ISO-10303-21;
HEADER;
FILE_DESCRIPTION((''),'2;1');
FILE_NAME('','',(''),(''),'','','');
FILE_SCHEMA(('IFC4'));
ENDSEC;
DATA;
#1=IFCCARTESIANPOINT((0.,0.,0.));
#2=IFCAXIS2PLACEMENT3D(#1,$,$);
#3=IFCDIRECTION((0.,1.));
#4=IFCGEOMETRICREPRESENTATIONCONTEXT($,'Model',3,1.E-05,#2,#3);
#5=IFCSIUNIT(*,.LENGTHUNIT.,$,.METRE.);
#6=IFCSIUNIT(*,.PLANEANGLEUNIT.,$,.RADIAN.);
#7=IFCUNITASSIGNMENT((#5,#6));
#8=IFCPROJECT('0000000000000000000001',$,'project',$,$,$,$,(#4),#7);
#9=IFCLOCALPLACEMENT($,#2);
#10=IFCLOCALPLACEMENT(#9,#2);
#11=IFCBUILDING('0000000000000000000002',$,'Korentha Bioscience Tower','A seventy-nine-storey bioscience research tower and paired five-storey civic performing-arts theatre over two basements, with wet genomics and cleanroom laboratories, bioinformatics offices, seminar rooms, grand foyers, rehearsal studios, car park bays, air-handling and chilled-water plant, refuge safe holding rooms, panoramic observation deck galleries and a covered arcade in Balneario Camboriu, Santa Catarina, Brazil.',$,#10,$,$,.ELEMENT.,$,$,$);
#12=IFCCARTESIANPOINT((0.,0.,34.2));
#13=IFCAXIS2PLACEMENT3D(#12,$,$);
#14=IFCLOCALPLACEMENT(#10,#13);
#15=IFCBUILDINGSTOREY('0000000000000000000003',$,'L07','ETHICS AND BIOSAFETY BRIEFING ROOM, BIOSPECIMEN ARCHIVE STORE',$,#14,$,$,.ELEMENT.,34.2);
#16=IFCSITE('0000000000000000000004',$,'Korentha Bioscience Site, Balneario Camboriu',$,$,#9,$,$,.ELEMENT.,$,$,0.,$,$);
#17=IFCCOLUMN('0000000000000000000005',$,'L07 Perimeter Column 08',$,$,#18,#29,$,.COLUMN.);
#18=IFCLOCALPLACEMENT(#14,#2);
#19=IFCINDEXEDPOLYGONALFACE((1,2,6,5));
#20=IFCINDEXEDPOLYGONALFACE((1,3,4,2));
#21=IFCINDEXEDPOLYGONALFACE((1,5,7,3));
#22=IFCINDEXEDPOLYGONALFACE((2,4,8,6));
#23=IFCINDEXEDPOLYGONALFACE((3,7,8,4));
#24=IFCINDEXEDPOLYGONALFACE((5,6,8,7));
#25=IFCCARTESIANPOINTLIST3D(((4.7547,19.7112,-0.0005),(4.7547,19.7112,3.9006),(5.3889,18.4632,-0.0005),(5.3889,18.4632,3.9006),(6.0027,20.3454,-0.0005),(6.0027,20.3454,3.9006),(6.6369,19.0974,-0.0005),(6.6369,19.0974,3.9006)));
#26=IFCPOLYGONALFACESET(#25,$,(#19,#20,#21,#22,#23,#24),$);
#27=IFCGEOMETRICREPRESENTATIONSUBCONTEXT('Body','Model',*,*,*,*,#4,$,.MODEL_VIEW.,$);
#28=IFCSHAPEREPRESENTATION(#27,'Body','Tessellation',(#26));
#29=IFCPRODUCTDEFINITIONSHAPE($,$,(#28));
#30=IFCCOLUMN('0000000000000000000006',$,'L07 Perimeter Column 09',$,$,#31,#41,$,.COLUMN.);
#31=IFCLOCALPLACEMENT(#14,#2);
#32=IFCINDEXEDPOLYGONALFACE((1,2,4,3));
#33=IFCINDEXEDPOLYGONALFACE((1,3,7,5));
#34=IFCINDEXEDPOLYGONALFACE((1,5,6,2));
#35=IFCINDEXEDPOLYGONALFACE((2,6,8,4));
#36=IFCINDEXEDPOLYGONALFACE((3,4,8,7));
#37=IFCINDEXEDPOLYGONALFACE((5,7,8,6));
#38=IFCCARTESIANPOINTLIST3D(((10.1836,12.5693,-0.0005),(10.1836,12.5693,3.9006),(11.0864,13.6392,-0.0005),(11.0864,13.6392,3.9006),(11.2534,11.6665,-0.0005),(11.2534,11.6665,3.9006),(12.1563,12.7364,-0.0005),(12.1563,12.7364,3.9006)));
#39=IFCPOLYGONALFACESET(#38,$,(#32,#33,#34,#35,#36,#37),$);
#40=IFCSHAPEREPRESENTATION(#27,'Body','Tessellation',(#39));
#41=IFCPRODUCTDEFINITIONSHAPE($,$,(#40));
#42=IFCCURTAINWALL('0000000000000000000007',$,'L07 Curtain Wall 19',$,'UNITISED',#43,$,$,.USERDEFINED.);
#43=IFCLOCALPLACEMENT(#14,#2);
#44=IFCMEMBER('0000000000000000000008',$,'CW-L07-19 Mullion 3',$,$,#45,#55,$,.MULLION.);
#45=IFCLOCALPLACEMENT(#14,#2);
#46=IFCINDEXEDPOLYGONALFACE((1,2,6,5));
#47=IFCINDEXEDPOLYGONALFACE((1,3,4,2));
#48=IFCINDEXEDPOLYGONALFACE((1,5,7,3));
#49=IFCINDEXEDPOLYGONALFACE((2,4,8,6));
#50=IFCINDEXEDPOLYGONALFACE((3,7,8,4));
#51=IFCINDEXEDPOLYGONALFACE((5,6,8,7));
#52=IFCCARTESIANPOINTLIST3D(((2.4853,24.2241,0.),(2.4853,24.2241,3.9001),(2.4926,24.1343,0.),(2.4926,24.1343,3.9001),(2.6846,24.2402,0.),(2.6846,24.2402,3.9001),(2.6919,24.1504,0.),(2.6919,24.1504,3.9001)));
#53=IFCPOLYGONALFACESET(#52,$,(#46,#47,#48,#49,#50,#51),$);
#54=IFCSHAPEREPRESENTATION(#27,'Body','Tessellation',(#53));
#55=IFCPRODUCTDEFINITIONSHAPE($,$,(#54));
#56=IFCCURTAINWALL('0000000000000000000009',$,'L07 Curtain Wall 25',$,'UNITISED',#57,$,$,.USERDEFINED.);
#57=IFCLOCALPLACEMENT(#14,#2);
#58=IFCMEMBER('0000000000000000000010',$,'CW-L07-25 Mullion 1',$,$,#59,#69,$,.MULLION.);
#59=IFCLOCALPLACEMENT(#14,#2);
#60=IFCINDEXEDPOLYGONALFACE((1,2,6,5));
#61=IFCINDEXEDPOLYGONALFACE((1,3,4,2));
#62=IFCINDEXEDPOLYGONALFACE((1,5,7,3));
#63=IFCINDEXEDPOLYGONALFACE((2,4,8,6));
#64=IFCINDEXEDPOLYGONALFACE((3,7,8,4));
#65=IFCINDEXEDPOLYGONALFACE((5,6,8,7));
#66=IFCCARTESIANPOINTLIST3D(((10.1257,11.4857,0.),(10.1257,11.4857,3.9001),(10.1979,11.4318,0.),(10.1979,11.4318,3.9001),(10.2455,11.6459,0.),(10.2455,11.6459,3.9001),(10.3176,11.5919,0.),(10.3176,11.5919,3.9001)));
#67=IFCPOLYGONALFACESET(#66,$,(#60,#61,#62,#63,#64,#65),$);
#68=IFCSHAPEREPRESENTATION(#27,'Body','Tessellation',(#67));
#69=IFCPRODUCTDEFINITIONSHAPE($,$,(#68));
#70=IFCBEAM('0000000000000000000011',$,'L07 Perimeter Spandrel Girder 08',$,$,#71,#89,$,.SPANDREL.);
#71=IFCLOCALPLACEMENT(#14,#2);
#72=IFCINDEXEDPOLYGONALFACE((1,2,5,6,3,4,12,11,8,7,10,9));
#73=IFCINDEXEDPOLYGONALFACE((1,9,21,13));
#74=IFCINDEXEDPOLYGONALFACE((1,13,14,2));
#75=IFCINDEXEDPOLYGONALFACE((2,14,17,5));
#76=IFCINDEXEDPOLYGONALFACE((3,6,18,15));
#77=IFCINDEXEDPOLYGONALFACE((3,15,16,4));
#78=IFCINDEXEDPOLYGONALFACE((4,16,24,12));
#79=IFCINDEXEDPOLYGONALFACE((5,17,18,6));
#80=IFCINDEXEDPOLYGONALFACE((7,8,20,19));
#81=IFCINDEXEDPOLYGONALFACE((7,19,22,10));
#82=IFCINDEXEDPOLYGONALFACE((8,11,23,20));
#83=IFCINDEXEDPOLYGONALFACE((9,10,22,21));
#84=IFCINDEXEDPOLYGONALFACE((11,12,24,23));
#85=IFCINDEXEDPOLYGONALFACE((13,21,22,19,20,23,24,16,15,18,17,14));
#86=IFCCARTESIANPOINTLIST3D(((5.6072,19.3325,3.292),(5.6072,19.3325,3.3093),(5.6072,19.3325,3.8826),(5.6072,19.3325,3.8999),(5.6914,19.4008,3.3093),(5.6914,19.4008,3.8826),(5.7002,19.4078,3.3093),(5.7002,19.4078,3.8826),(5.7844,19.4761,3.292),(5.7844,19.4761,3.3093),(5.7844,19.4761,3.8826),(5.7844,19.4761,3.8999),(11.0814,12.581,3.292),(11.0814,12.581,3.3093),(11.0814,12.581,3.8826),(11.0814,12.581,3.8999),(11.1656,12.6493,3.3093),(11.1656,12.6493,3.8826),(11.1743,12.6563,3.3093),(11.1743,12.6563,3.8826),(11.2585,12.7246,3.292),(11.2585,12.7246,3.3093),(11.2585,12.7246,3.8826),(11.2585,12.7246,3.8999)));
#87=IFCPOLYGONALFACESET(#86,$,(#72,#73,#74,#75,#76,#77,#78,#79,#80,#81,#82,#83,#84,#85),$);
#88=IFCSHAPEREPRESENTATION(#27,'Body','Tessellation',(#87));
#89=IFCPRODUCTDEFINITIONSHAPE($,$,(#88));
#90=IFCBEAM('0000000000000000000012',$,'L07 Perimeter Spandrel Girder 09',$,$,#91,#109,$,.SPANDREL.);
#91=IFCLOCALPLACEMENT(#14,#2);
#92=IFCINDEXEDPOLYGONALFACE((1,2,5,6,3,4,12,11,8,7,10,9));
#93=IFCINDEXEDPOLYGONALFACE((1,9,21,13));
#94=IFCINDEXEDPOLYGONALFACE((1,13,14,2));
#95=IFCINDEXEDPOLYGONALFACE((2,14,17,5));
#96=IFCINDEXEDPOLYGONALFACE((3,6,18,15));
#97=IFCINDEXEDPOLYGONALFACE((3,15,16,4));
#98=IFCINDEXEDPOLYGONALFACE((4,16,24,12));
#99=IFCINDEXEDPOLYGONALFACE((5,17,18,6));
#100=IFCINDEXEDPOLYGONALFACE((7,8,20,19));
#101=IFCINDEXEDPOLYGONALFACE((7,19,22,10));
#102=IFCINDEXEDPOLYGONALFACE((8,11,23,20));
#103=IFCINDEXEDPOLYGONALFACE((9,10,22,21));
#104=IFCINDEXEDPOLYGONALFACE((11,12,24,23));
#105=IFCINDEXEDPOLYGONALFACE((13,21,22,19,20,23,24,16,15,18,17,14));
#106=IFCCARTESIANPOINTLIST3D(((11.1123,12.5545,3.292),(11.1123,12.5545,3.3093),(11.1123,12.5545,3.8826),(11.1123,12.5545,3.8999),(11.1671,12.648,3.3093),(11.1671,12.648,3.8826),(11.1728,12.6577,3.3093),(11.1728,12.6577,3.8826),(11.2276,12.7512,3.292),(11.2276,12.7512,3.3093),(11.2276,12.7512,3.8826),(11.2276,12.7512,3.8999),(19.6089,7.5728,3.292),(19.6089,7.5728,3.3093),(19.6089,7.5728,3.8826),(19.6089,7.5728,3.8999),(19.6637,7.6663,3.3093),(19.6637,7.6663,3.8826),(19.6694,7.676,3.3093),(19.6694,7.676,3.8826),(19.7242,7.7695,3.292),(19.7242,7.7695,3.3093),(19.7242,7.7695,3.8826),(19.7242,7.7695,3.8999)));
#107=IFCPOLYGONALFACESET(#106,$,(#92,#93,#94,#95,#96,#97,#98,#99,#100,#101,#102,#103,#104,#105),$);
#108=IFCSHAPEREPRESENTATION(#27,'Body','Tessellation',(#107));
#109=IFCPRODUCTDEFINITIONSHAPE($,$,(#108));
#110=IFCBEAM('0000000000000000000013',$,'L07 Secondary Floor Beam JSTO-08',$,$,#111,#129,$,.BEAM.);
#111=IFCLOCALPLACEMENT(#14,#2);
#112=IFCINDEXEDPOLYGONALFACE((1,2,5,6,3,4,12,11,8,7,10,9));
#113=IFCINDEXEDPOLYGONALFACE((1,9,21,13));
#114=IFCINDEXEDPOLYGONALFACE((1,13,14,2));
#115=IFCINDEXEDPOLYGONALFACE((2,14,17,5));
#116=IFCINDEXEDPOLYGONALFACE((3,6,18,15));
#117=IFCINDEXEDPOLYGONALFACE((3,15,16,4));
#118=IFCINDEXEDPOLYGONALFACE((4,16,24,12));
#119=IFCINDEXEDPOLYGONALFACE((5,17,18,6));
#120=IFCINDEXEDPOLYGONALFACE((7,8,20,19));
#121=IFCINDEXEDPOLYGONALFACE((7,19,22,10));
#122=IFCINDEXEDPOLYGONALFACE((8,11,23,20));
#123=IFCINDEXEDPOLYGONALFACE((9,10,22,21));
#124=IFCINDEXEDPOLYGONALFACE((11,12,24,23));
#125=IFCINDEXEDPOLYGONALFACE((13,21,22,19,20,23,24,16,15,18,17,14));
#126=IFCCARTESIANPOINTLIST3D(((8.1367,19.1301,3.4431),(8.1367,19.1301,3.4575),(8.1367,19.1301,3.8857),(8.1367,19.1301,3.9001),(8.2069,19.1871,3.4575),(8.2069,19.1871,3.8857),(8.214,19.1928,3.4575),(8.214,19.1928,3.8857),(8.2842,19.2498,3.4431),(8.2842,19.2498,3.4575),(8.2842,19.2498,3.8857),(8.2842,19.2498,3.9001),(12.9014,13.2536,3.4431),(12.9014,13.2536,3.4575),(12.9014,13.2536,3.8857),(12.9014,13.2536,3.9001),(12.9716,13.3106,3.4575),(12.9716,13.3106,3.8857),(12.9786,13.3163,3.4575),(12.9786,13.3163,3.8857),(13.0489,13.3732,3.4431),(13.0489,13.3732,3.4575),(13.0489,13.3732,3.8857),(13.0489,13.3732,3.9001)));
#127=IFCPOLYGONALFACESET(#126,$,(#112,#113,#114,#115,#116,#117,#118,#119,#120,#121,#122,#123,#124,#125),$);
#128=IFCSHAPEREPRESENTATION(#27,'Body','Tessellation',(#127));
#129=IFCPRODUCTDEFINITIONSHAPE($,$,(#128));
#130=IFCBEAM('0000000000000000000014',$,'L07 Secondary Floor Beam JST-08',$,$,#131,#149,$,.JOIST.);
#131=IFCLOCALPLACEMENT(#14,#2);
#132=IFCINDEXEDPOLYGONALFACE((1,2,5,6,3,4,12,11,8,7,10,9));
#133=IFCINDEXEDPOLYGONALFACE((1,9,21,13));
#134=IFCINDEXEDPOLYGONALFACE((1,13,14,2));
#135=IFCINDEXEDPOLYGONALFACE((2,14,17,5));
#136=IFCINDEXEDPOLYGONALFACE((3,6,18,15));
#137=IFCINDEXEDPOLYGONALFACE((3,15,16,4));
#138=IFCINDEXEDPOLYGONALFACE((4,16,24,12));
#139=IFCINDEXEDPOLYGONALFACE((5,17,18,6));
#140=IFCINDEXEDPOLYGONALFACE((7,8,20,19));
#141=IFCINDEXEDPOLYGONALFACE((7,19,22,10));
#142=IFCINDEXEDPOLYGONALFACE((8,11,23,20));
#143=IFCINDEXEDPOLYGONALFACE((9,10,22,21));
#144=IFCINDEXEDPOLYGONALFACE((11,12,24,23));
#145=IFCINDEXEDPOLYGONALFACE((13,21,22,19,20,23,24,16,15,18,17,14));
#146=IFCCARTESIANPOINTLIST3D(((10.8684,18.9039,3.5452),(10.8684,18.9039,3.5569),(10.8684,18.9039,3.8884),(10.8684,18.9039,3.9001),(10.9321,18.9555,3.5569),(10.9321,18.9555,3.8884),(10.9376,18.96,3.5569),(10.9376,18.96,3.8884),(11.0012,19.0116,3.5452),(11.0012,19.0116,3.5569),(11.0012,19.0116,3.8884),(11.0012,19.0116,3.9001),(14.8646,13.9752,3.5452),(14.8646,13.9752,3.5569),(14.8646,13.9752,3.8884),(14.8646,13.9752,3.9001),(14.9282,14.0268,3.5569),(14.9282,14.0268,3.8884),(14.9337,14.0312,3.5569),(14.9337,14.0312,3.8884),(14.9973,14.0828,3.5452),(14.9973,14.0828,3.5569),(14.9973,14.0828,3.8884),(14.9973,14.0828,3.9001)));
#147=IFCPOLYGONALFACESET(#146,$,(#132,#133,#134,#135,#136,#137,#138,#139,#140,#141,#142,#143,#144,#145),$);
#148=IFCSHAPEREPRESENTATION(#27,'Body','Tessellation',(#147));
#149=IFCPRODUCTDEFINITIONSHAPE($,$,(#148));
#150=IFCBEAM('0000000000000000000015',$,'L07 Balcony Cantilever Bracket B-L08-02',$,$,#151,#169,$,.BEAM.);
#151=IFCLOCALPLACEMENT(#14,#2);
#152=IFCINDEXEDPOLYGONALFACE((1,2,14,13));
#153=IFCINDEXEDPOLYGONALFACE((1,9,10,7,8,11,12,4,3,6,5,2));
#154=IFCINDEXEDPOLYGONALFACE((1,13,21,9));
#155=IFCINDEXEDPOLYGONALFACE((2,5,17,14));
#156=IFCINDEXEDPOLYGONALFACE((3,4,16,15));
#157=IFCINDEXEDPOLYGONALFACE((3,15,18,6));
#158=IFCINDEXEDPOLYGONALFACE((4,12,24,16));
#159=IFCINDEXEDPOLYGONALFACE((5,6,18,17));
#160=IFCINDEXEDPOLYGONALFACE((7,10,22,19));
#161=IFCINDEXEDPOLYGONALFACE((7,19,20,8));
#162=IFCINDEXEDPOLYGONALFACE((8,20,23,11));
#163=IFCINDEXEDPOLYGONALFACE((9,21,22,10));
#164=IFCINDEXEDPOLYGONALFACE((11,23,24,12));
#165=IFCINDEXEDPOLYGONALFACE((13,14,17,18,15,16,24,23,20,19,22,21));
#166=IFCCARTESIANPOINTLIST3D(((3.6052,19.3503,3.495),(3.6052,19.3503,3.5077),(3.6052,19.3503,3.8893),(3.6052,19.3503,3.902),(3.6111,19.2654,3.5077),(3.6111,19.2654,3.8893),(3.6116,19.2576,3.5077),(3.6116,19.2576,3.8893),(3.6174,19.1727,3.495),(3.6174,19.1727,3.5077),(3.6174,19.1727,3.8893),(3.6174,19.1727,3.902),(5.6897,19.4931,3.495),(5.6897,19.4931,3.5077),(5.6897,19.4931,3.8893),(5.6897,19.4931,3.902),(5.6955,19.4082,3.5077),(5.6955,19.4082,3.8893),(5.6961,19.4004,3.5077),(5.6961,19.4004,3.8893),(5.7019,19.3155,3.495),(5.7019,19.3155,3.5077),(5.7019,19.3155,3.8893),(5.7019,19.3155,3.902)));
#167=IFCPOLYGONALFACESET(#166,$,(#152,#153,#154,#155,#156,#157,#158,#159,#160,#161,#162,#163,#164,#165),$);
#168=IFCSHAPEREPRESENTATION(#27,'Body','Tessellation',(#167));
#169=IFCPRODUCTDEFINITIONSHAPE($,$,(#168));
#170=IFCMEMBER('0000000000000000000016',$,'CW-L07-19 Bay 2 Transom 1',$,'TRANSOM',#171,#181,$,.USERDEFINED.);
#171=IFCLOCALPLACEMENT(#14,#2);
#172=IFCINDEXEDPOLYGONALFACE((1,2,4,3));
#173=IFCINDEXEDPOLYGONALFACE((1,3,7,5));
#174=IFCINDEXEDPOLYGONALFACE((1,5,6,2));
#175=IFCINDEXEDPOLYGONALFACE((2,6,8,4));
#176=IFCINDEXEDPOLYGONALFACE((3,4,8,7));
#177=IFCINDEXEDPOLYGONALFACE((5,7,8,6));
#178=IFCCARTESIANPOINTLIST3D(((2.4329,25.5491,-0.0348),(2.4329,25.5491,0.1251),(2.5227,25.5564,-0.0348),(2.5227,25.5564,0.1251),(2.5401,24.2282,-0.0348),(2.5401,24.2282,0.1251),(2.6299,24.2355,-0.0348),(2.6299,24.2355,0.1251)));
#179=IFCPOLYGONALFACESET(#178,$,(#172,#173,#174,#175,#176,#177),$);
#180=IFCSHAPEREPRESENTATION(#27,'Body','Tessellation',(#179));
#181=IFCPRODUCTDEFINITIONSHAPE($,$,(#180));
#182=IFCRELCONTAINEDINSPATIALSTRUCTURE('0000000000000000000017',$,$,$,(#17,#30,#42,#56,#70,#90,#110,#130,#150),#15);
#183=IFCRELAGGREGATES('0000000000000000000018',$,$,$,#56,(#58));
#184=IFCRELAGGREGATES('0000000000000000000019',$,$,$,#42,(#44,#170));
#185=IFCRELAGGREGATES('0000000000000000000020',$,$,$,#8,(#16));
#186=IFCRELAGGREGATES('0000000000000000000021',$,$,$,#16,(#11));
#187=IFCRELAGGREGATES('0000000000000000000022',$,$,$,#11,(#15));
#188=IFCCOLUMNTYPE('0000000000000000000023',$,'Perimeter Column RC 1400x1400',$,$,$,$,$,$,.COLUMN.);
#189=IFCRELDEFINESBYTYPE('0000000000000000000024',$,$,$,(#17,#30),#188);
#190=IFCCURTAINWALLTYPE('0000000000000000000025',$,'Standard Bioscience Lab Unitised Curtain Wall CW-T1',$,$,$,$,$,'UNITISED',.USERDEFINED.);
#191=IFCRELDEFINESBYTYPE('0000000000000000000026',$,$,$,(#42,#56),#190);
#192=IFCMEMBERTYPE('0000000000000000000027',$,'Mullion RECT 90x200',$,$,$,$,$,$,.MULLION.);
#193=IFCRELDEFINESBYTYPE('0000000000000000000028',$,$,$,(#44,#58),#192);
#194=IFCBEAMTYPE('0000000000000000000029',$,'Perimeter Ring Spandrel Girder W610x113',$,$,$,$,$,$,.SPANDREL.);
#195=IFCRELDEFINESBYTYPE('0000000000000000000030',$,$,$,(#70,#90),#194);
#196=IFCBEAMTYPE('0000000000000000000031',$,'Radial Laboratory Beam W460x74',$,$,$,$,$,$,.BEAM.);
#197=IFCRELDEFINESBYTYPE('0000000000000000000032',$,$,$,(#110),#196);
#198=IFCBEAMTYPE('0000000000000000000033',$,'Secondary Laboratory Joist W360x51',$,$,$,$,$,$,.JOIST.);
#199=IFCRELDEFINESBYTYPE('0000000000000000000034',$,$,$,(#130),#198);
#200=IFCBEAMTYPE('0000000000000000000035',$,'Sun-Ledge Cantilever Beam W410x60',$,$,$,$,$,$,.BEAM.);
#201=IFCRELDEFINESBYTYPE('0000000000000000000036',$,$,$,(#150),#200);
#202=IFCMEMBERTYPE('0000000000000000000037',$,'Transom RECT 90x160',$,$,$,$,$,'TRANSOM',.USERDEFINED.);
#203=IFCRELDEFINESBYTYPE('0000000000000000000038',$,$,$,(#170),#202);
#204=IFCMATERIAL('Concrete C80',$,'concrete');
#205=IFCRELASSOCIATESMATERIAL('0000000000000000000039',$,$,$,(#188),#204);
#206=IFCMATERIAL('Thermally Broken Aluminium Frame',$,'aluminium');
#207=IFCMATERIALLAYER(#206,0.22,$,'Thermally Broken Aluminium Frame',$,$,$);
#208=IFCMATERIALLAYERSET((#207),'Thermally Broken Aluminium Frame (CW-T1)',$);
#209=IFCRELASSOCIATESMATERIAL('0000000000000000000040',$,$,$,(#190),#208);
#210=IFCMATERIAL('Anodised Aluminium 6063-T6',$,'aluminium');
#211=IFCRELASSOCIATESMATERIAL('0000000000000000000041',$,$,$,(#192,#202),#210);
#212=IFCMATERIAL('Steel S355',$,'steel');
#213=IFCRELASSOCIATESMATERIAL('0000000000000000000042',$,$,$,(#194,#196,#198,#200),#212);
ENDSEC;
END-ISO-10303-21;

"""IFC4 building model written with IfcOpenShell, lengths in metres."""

from ifc_helpers import new_model, si_unit, direction, frame, origin, origin_2d, place, context, subcontext, project, spatial, rectangle, i_section, extrude, material, layer, layer_set, material_profile, profile_set, type_object, element, aggregate, save


model = new_model("IFC4")

# Units and contexts
model_context = context("Model", 3, precision=1e-05, world=origin(), true_north=direction((0.0, 1.0)))
body_context = subcontext(model_context, "Body", "Model", "MODEL_VIEW")
ifc_project = project(units=[si_unit("LENGTHUNIT", "METRE"), si_unit("PLANEANGLEUNIT", "RADIAN")], contexts=[model_context])

# Site, building, storey
site_placement = place(None, origin())
site = spatial("IfcSite", under=ifc_project, at=site_placement, Name="Korentha Bioscience Site, Balneario Camboriu", CompositionType="ELEMENT", RefElevation=0.0)
building_placement = place(site_placement, origin())
building = spatial("IfcBuilding", under=site, at=building_placement, Name="Korentha Bioscience Tower", Description="A seventy-nine-storey bioscience research tower and paired five-storey civic performing-arts theatre over two basements, with wet genomics and cleanroom laboratories, bioinformatics offices, seminar rooms, grand foyers, rehearsal studios, car park bays, air-handling and chilled-water plant, refuge safe holding rooms, panoramic observation deck galleries and a covered arcade in Balneario Camboriu, Santa Catarina, Brazil.", CompositionType="ELEMENT")
storey_placement = place(building_placement, frame((0.0, 0.0, 34.2)))
storey = spatial("IfcBuildingStorey", under=building, at=storey_placement, Name="L07", Description="ETHICS AND BIOSAFETY BRIEFING ROOM, BIOSPECIMEN ARCHIVE STORE", CompositionType="ELEMENT", Elevation=34.2)

# Columns
ifc_material_1 = material(Name="Concrete C80", Category="concrete")
ifc_material_profile_1 = material_profile(ifc_material_1, rectangle(XDim=1.3999, YDim=1.3999, at=origin_2d()), Name="Concrete C80")
ifc_profile_set_1 = profile_set([ifc_material_profile_1], Name="Concrete C80 (COL-P14)")
column_type = type_object("IfcColumnType", Name="Perimeter Column RC 1400x1400", PredefinedType="COLUMN", material=ifc_profile_set_1)
for number, where, z_axis, x_axis, name in (
    (1, (5.6958, 19.4043, -0.0005), (0.0, 0.0, 1.0), (-0.453057, 0.891481, 0.0), "L07 Perimeter Column 08"),
    (2, (11.1699, 12.6528, -0.0005), (0.0, 0.0, 1.0), (-0.764246, 0.644924, 0.0), "L07 Perimeter Column 09"),
):
    element("IfcColumn", number, at=place(storey_placement, frame(where, z_axis=z_axis, x_axis=x_axis)), inside=storey, type_object=column_type, Name=name, PredefinedType="COLUMN", context=body_context, shape_type="SweptSolid", body=[
        extrude(rectangle(XDim=1.3999, YDim=1.3999, at=origin_2d()), origin(), (0.0, 0.0, 1.0), 3.9011),
    ])

# Curtain walls, members
ifc_material_2 = material(Name="Thermally Broken Aluminium Frame", Category="aluminium")
ifc_layer_1 = layer(ifc_material_2, 0.22, Name="Thermally Broken Aluminium Frame")
ifc_layer_set_1 = layer_set([ifc_layer_1], Name="Thermally Broken Aluminium Frame (CW-T1)")
curtain_wall_type = type_object("IfcCurtainWallType", Name="Standard Bioscience Lab Unitised Curtain Wall CW-T1", ElementType="UNITISED", PredefinedType="USERDEFINED", material=ifc_layer_set_1)
curtain_wall_1_placement = place(storey_placement, origin())
curtain_wall_1 = element("IfcCurtainWall", 3, at=curtain_wall_1_placement, inside=storey, type_object=curtain_wall_type, Name="L07 Curtain Wall 19", ObjectType="UNITISED", PredefinedType="USERDEFINED")
ifc_material_3 = material(Name="Anodised Aluminium 6063-T6", Category="aluminium")
ifc_material_profile_2 = material_profile(ifc_material_3, rectangle(XDim=0.0901, YDim=0.2, at=origin_2d()), Name="Anodised Aluminium 6063-T6")
ifc_profile_set_2 = profile_set([ifc_material_profile_2], Name="Anodised Aluminium 6063-T6 (CW-MUL)")
member_type_1 = type_object("IfcMemberType", Name="Mullion RECT 90x200", PredefinedType="MULLION", material=ifc_profile_set_2)
member_1_placement = place(storey_placement, frame((2.5886, 24.1873, 0.0), z_axis=(0.0, 0.0, 1.0), x_axis=(0.08082, -0.996729, 0.0)))
member_1 = element("IfcMember", 4, at=member_1_placement, type_object=member_type_1, Name="CW-L07-19 Mullion 3", PredefinedType="MULLION", context=body_context, shape_type="SweptSolid", body=[
    extrude(rectangle(XDim=0.0901, YDim=0.2, at=origin_2d()), origin(), (0.0, 0.0, 1.0), 3.9001),
])
curtain_wall_2_placement = place(storey_placement, origin())
curtain_wall_2 = element("IfcCurtainWall", 5, at=curtain_wall_2_placement, inside=storey, type_object=curtain_wall_type, Name="L07 Curtain Wall 25", ObjectType="UNITISED", PredefinedType="USERDEFINED")
member_2_placement = place(storey_placement, frame((10.2217, 11.5388, 0.0), z_axis=(0.0, 0.0, 1.0), x_axis=(0.800798, -0.598935, 0.0)))
member_2 = element("IfcMember", 6, at=member_2_placement, type_object=member_type_1, Name="CW-L07-25 Mullion 1", PredefinedType="MULLION", context=body_context, shape_type="SweptSolid", body=[
    extrude(rectangle(XDim=0.0901, YDim=0.2, at=origin_2d()), origin(), (0.0, 0.0, 1.0), 3.9001),
])

# Beams
ifc_material_4 = material(Name="Steel S355", Category="steel")
ifc_material_profile_3 = material_profile(ifc_material_4, i_section(OverallWidth=0.228, OverallDepth=0.6079, WebThickness=0.0112, FlangeThickness=0.0173, at=origin_2d()), Name="Steel S355")
ifc_profile_set_3 = profile_set([ifc_material_profile_3], Name="Steel S355 (SB-610)")
beam_type_1 = type_object("IfcBeamType", Name="Perimeter Ring Spandrel Girder W610x113", PredefinedType="SPANDREL", material=ifc_profile_set_3)
beam_1_placement = place(storey_placement, frame((5.6958, 19.4043, 3.5959), z_axis=(0.629799, -0.776758, 0.0), x_axis=(0.776758, 0.629799, 0.0)))
element("IfcBeam", 7, at=beam_1_placement, inside=storey, type_object=beam_type_1, Name="L07 Perimeter Spandrel Girder 08", PredefinedType="SPANDREL", context=body_context, shape_type="SweptSolid", body=[
    extrude(i_section(OverallWidth=0.228, OverallDepth=0.6079, WebThickness=0.0112, FlangeThickness=0.0173, at=origin_2d()), origin(), (0.0, 0.0, 1.0), 8.6919),
])
beam_2_placement = place(storey_placement, frame((11.1699, 12.6528, 3.5959), z_axis=(0.862657, -0.50579, 0.0), x_axis=(0.50579, 0.862657, 0.0)))
element("IfcBeam", 8, at=beam_2_placement, inside=storey, type_object=beam_type_1, Name="L07 Perimeter Spandrel Girder 09", PredefinedType="SPANDREL", context=body_context, shape_type="SweptSolid", body=[
    extrude(i_section(OverallWidth=0.228, OverallDepth=0.6079, WebThickness=0.0112, FlangeThickness=0.0173, at=origin_2d()), origin(), (0.0, 0.0, 1.0), 9.8494),
])
ifc_material_profile_4 = material_profile(ifc_material_4, i_section(OverallWidth=0.1899, OverallDepth=0.457, WebThickness=0.009, FlangeThickness=0.0144, at=origin_2d()), Name="Steel S355")
ifc_profile_set_4 = profile_set([ifc_material_profile_4], Name="Steel S355 (RB-460)")
beam_type_2 = type_object("IfcBeamType", Name="Radial Laboratory Beam W460x74", PredefinedType="BEAM", material=ifc_profile_set_4)
beam_3_placement = place(storey_placement, frame((8.2104, 19.1899, 3.6716), z_axis=(0.629798, -0.776759, 0.0), x_axis=(0.776759, 0.629798, 0.0)))
element("IfcBeam", 9, at=beam_3_placement, inside=storey, type_object=beam_type_2, Name="L07 Secondary Floor Beam JSTO-08", PredefinedType="BEAM", context=body_context, shape_type="SweptSolid", body=[
    extrude(i_section(OverallWidth=0.1899, OverallDepth=0.457, WebThickness=0.009, FlangeThickness=0.0144, at=origin_2d()), origin(), (0.0, 0.0, 1.0), 7.5654),
])
ifc_material_profile_5 = material_profile(ifc_material_4, i_section(OverallWidth=0.1709, OverallDepth=0.355, WebThickness=0.0071, FlangeThickness=0.0117, at=origin_2d()), Name="Steel S355")
ifc_profile_set_5 = profile_set([ifc_material_profile_5], Name="Steel S355 (JB-360)")
beam_type_3 = type_object("IfcBeamType", Name="Secondary Laboratory Joist W360x51", PredefinedType="JOIST", material=ifc_profile_set_5)
beam_4_placement = place(storey_placement, frame((10.9348, 18.9578, 3.7227), z_axis=(0.629787, -0.776768, 0.0), x_axis=(0.776768, 0.629787, 0.0)))
element("IfcBeam", 10, at=beam_4_placement, inside=storey, type_object=beam_type_3, Name="L07 Secondary Floor Beam JST-08", PredefinedType="JOIST", context=body_context, shape_type="SweptSolid", body=[
    extrude(i_section(OverallWidth=0.1709, OverallDepth=0.355, WebThickness=0.0071, FlangeThickness=0.0117, at=origin_2d()), origin(), (0.0, 0.0, 1.0), 6.3452),
])
ifc_material_profile_6 = material_profile(ifc_material_4, i_section(OverallWidth=0.178, OverallDepth=0.407, WebThickness=0.0078, FlangeThickness=0.0127, at=origin_2d()), Name="Steel S355")
ifc_profile_set_6 = profile_set([ifc_material_profile_6], Name="Steel S355 (CB-410)")
beam_type_4 = type_object("IfcBeamType", Name="Sun-Ledge Cantilever Beam W410x60", PredefinedType="BEAM", material=ifc_profile_set_6)
beam_5_placement = place(storey_placement, frame((5.6958, 19.4043, 3.6985), z_axis=(-0.997661, -0.068357, 0.0), x_axis=(0.068357, -0.997661, 0.0)))
element("IfcBeam", 11, at=beam_5_placement, inside=storey, type_object=beam_type_4, Name="L07 Balcony Cantilever Bracket B-L08-02", PredefinedType="BEAM", context=body_context, shape_type="SweptSolid", body=[
    extrude(i_section(OverallWidth=0.178, OverallDepth=0.407, WebThickness=0.0078, FlangeThickness=0.0127, at=origin_2d()), origin(), (0.0, 0.0, 1.0), 2.0894),
])

# Member
ifc_material_profile_7 = material_profile(ifc_material_3, rectangle(XDim=0.0901, YDim=0.1599, at=origin_2d()), Name="Anodised Aluminium 6063-T6")
ifc_profile_set_7 = profile_set([ifc_material_profile_7], Name="Anodised Aluminium 6063-T6 (CW-TRN)")
member_type_2 = type_object("IfcMemberType", Name="Transom RECT 90x160", ElementType="TRANSOM", PredefinedType="USERDEFINED", material=ifc_profile_set_7)
member_3_placement = place(storey_placement, frame((2.4778, 25.5527, 0.0452), z_axis=(0.08088, -0.996724, 0.0), x_axis=(0.996724, 0.08088, 0.0)))
member_3 = element("IfcMember", 12, at=member_3_placement, type_object=member_type_2, Name="CW-L07-19 Bay 2 Transom 1", ObjectType="TRANSOM", PredefinedType="USERDEFINED", context=body_context, shape_type="SweptSolid", body=[
    extrude(rectangle(XDim=0.0901, YDim=0.1599, at=origin_2d()), origin(), (0.0, 0.0, 1.0), 1.3252),
])
aggregate(curtain_wall_2, [member_2])

aggregate(curtain_wall_1, [member_1, member_3])

save(model, "model.ifc")
